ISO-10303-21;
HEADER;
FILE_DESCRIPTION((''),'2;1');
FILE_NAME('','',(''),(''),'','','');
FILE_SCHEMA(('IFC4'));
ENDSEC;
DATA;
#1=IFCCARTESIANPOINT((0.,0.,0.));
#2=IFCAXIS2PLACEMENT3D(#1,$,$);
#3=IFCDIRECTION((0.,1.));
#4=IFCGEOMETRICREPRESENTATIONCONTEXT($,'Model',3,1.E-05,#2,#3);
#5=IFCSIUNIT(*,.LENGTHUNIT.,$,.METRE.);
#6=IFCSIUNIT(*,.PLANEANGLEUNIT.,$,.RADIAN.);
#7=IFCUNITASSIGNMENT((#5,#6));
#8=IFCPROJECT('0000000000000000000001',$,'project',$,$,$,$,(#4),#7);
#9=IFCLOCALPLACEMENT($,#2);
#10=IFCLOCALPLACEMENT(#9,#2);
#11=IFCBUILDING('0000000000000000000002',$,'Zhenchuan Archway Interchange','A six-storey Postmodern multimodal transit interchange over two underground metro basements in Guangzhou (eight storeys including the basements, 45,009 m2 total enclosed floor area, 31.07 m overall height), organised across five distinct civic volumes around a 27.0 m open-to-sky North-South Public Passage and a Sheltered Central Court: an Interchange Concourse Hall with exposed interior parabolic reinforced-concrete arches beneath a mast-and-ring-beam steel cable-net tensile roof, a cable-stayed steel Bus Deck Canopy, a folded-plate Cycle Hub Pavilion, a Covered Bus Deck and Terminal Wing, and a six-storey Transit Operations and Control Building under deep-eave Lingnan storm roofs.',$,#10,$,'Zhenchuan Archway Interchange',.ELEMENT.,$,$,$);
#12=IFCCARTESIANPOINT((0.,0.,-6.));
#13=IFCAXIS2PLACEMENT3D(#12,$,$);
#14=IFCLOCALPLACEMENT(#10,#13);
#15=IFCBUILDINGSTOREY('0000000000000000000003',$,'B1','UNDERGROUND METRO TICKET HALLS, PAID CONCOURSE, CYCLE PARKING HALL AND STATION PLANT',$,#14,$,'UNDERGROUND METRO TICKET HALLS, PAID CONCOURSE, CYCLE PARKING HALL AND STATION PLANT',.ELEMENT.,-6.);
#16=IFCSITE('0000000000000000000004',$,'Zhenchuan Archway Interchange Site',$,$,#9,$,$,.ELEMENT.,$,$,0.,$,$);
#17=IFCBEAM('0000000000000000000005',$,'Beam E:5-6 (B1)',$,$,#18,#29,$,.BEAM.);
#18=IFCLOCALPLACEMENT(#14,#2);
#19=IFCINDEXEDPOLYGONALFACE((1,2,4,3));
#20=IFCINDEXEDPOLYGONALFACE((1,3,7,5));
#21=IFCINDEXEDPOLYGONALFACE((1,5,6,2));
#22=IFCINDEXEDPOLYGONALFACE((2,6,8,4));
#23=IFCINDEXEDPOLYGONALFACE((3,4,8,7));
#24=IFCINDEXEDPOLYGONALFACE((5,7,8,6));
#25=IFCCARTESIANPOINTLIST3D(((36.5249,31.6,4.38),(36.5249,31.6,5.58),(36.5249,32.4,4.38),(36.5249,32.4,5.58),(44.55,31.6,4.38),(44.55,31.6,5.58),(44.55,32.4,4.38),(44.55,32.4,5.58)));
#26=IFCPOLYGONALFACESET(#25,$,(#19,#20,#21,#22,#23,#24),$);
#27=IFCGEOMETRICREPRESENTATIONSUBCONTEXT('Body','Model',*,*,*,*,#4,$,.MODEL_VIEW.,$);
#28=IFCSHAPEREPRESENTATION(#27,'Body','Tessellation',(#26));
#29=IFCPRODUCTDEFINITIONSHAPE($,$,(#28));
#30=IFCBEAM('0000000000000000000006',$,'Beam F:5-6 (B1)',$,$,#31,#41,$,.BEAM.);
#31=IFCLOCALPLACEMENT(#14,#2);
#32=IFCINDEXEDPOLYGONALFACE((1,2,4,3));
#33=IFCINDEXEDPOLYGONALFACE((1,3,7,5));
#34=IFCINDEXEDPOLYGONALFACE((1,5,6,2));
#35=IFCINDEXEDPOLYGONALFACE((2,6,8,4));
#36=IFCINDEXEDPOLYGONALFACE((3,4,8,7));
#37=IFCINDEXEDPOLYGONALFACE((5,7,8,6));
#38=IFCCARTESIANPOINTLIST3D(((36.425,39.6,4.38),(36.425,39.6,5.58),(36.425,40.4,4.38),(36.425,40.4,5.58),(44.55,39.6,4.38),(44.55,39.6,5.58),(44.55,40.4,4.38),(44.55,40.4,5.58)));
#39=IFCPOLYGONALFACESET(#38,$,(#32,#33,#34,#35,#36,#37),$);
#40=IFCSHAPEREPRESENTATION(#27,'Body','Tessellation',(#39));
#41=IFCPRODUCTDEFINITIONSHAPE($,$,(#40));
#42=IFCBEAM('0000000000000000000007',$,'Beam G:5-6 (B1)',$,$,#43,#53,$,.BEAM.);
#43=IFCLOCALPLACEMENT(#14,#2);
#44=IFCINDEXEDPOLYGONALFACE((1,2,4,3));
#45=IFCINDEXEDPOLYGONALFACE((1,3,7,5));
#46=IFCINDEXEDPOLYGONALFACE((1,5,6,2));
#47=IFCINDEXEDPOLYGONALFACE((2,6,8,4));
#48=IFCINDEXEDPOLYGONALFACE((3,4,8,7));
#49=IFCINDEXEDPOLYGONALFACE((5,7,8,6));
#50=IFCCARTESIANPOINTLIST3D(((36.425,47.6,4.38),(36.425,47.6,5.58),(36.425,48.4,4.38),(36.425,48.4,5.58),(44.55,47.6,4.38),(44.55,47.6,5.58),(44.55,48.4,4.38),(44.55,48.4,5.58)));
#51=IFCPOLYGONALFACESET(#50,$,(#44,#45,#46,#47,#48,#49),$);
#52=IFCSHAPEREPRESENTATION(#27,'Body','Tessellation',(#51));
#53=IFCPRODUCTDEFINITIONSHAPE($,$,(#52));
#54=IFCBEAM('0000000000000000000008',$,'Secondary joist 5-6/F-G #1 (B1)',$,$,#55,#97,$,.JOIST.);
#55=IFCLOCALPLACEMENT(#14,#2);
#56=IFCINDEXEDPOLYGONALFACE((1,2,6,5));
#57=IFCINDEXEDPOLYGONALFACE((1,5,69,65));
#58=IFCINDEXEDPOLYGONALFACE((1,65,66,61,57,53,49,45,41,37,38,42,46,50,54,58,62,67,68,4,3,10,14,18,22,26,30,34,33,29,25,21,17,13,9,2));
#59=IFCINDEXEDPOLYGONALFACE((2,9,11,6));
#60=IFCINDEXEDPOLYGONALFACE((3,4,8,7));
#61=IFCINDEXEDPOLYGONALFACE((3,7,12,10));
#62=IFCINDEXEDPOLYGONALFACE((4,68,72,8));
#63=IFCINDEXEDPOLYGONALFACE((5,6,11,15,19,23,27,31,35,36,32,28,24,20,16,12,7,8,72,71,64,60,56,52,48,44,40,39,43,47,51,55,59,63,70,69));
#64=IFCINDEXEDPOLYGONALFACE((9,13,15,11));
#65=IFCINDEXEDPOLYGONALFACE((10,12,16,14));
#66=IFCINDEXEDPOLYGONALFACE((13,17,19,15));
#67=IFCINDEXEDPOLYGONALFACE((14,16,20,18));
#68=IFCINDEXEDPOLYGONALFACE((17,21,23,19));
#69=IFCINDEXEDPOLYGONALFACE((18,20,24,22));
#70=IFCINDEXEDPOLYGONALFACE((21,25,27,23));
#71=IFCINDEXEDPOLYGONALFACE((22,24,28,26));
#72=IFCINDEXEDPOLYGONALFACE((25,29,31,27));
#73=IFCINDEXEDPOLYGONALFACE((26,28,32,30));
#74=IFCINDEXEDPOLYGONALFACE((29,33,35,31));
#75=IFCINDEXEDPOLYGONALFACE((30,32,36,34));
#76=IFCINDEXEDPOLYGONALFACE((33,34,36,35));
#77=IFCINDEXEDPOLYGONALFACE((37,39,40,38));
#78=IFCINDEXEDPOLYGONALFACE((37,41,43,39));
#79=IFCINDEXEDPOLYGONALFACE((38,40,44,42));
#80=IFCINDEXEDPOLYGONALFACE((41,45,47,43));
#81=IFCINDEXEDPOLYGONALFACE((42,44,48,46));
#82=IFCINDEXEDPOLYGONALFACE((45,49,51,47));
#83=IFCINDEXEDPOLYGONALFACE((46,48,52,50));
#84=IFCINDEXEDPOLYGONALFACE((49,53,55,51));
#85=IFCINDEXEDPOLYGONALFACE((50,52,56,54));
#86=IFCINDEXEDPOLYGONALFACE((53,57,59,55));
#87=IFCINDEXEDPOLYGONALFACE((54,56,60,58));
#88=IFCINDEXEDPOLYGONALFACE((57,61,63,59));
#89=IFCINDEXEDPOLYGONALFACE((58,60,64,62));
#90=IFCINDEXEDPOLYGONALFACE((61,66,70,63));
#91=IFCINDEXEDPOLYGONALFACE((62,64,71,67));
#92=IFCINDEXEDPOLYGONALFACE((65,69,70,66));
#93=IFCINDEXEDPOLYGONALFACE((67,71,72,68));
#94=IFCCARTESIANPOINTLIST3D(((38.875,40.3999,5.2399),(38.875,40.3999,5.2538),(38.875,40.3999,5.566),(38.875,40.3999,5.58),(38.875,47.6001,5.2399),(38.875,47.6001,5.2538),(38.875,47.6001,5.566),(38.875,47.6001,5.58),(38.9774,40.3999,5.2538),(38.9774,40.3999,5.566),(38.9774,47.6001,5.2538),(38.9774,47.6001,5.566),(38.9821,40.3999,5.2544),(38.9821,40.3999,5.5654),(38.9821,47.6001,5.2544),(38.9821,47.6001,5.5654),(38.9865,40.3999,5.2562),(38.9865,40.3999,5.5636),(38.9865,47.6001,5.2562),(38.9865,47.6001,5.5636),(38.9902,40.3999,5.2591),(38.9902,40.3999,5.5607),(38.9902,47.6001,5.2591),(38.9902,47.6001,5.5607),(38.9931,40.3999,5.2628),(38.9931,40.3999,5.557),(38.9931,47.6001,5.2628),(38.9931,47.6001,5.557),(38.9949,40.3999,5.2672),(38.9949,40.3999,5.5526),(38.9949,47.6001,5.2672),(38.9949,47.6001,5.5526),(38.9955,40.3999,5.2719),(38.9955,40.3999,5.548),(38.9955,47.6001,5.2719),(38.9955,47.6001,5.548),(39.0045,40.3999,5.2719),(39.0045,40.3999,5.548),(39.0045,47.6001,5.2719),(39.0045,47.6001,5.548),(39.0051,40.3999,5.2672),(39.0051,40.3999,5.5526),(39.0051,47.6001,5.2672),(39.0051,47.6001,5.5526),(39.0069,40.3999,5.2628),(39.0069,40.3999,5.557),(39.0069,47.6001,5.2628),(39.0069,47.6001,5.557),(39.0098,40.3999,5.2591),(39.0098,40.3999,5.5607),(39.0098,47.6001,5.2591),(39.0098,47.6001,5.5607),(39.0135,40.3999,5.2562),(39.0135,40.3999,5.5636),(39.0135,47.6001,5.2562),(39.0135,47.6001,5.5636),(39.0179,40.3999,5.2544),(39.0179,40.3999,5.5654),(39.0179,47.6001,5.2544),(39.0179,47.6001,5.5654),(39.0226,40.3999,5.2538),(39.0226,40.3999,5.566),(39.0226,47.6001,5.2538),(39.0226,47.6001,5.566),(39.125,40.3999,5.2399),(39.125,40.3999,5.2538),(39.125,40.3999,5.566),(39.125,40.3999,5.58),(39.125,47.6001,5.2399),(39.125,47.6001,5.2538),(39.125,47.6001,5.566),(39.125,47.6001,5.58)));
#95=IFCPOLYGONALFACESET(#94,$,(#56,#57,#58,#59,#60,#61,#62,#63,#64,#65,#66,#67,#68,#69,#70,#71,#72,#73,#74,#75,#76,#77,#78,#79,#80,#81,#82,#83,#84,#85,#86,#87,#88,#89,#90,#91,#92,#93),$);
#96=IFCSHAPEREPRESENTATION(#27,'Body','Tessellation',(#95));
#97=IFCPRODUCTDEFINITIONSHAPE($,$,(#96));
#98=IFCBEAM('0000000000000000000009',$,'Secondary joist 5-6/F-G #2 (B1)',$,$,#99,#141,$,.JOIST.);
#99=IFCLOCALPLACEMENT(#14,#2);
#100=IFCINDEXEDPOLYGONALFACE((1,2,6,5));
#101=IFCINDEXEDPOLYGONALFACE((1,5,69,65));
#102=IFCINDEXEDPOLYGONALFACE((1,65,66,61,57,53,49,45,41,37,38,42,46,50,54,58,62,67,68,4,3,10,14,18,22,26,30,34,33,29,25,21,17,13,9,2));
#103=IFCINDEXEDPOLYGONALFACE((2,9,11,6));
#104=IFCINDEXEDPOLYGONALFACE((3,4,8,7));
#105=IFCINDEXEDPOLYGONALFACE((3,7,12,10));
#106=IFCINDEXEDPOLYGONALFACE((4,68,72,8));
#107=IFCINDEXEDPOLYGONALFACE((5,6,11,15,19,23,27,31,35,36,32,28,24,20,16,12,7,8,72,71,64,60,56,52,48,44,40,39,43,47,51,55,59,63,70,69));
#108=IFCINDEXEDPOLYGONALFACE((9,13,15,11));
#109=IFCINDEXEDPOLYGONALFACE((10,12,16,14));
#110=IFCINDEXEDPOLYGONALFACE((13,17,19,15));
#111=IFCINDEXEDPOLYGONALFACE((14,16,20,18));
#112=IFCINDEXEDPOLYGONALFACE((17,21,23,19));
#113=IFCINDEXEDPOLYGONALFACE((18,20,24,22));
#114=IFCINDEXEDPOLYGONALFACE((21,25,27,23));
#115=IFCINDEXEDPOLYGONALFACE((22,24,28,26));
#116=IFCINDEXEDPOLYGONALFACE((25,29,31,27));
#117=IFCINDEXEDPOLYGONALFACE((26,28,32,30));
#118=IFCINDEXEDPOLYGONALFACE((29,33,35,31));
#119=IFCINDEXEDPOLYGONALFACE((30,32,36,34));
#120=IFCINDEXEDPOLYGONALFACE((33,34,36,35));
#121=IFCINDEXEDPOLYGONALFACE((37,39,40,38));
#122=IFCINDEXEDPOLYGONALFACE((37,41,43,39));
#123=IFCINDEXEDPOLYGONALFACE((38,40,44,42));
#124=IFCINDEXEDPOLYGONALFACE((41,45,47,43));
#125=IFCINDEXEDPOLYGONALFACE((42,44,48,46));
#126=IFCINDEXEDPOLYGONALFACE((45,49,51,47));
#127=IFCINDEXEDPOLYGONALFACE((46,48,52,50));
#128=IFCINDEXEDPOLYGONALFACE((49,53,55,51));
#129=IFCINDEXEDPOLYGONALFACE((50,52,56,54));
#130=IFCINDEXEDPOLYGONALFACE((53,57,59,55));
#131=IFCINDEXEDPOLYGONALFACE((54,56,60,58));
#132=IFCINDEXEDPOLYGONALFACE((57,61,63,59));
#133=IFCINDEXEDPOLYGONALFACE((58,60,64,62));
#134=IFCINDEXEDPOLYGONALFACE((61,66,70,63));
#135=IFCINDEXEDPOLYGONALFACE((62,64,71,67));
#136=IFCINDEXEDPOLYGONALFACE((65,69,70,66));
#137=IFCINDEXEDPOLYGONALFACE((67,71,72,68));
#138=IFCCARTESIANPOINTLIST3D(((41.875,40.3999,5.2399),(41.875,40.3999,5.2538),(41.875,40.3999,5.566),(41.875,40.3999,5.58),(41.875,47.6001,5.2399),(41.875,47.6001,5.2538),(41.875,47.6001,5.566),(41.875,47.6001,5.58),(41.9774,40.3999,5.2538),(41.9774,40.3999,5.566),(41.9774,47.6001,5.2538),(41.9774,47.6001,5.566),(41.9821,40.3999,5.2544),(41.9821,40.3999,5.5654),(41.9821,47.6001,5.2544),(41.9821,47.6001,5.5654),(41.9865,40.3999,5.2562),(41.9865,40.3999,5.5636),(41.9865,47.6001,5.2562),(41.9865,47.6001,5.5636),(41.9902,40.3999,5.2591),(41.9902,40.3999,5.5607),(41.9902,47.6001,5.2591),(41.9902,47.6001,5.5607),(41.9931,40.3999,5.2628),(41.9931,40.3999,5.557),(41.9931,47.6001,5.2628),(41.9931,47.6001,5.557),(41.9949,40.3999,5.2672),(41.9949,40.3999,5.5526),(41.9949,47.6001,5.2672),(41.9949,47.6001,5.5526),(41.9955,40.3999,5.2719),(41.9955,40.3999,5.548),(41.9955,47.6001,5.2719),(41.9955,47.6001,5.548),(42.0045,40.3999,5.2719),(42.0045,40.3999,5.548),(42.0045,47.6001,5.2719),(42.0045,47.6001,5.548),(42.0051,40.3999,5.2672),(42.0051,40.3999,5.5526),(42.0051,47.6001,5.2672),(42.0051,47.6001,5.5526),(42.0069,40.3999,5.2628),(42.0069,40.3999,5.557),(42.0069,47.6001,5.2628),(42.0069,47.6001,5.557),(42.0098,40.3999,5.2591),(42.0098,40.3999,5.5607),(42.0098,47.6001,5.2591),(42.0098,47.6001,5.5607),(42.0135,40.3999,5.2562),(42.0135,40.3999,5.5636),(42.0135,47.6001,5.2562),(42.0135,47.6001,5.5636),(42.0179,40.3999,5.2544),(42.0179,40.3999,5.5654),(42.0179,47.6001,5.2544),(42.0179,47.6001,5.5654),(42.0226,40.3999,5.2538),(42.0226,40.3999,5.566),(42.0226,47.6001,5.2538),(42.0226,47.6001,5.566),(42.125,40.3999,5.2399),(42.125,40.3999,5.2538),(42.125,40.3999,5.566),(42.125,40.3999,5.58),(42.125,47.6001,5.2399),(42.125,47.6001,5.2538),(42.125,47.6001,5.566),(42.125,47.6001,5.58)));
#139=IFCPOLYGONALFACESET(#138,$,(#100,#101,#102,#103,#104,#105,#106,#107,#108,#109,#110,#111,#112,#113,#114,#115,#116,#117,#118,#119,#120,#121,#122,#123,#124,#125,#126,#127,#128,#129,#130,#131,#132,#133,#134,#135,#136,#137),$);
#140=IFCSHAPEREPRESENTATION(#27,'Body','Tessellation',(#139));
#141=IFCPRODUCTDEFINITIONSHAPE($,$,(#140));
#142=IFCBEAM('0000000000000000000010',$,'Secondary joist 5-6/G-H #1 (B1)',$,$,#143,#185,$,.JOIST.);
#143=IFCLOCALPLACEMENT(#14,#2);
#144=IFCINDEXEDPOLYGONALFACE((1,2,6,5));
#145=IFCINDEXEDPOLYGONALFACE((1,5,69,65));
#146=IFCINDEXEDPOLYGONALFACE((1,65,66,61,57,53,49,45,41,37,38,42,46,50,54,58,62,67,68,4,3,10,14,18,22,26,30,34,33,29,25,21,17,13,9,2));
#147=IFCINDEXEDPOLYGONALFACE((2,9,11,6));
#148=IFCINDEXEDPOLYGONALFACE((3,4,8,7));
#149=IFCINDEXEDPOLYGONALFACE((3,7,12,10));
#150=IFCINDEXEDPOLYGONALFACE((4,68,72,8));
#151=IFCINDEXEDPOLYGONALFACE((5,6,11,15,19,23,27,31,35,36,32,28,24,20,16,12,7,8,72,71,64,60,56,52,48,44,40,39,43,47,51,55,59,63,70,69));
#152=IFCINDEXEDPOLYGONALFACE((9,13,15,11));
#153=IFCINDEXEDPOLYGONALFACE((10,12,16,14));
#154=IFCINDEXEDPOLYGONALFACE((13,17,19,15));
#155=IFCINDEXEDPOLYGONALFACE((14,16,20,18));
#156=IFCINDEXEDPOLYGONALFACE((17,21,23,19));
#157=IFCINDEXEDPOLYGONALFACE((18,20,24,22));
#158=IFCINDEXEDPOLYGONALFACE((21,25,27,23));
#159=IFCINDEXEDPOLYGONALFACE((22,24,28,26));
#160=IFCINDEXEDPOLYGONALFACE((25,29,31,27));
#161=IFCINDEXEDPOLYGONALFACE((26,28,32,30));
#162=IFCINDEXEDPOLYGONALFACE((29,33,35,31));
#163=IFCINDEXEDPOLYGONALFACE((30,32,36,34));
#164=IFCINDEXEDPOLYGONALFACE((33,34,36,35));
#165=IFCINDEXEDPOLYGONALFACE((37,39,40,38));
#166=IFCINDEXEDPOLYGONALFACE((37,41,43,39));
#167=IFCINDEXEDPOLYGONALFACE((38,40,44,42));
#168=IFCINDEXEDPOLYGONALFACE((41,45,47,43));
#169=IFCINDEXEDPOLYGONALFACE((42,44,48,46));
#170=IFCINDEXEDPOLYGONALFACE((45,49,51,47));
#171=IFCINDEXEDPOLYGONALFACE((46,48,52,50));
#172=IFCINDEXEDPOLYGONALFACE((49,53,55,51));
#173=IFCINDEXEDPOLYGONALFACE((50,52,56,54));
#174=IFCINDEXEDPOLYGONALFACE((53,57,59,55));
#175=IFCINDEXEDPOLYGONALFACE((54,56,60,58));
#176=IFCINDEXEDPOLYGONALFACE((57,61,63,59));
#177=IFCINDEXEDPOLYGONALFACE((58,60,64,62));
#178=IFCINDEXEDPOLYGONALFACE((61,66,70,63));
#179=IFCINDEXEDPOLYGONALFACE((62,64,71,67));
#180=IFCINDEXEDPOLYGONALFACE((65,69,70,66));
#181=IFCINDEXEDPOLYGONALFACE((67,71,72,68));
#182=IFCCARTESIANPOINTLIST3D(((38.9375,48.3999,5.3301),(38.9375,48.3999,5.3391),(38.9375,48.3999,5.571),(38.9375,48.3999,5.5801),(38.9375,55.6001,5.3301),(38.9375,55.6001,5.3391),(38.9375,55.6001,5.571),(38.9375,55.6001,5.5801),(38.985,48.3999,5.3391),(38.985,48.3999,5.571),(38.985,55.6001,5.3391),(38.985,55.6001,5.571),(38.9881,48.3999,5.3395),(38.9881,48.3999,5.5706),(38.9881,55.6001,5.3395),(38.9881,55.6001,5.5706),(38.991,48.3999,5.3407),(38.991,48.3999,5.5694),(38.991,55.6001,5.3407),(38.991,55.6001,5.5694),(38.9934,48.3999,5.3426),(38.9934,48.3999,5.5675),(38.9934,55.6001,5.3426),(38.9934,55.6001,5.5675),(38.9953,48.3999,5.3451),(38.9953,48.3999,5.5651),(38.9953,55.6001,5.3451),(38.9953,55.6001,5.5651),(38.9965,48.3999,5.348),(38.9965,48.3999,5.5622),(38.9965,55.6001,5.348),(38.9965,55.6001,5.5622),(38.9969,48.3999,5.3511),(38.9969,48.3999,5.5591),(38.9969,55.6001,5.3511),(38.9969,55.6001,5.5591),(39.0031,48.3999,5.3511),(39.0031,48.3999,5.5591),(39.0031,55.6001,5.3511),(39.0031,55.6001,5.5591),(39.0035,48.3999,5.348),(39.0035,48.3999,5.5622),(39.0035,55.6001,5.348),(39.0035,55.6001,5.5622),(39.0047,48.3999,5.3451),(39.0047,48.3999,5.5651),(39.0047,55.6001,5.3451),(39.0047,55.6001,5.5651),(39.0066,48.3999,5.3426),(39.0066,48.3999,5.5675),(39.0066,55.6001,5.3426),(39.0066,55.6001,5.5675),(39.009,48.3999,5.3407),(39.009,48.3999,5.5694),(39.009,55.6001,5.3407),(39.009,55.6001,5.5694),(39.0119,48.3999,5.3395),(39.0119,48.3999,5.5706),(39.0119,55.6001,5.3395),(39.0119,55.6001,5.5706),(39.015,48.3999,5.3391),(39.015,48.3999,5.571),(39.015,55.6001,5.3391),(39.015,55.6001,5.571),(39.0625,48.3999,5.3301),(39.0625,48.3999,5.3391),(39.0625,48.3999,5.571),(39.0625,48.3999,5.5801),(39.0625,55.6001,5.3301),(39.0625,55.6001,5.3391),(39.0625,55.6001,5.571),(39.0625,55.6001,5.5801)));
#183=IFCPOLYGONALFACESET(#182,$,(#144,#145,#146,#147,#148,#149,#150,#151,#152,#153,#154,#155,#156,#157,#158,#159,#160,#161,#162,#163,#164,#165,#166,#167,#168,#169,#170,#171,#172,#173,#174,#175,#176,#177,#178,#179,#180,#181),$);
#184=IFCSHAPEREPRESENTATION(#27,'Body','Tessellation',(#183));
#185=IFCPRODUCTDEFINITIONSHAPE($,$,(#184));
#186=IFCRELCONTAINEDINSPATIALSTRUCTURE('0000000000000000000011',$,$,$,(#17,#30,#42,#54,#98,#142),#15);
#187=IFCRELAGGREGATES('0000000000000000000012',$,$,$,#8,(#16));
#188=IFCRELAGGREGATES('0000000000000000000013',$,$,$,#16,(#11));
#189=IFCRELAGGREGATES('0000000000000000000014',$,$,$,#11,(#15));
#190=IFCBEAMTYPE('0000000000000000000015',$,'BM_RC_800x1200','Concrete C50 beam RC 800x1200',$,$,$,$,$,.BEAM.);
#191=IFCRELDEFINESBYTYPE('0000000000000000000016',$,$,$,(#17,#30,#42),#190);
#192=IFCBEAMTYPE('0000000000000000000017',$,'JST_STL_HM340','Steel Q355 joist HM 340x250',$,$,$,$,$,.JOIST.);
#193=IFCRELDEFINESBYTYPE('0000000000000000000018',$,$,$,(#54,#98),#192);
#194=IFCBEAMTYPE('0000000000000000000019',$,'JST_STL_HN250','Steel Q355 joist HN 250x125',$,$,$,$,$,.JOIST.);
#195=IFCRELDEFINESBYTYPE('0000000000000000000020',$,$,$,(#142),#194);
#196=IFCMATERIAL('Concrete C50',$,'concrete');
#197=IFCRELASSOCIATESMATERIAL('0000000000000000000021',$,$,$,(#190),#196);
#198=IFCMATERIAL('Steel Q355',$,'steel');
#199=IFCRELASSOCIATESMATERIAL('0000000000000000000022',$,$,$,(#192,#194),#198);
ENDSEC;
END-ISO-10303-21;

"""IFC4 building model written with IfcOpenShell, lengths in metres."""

from ifc_helpers import new_model, si_unit, direction, frame, origin, origin_2d, place, context, subcontext, project, spatial, rectangle, i_section, extrude, material, material_profile, profile_set, type_object, element, save


model = new_model("IFC4")

# Units and contexts
model_context = context("Model", 3, precision=1e-05, world=origin(), true_north=direction((0.0, 1.0)))
body_context = subcontext(model_context, "Body", "Model", "MODEL_VIEW")
ifc_project = project(units=[si_unit("LENGTHUNIT", "METRE"), si_unit("PLANEANGLEUNIT", "RADIAN")], contexts=[model_context])

# Site, building, storey
site_placement = place(None, origin())
site = spatial("IfcSite", under=ifc_project, at=site_placement, Name="Zhenchuan Archway Interchange Site", CompositionType="ELEMENT", RefElevation=0.0)
building_placement = place(site_placement, origin())
building = spatial("IfcBuilding", under=site, at=building_placement, Name="Zhenchuan Archway Interchange", Description="A six-storey Postmodern multimodal transit interchange over two underground metro basements in Guangzhou (eight storeys including the basements, 45,009 m2 total enclosed floor area, 31.07 m overall height), organised across five distinct civic volumes around a 27.0 m open-to-sky North-South Public Passage and a Sheltered Central Court: an Interchange Concourse Hall with exposed interior parabolic reinforced-concrete arches beneath a mast-and-ring-beam steel cable-net tensile roof, a cable-stayed steel Bus Deck Canopy, a folded-plate Cycle Hub Pavilion, a Covered Bus Deck and Terminal Wing, and a six-storey Transit Operations and Control Building under deep-eave Lingnan storm roofs.", LongName="Zhenchuan Archway Interchange", CompositionType="ELEMENT")
storey_placement = place(building_placement, frame((0.0, 0.0, -6.0)))
storey = spatial("IfcBuildingStorey", under=building, at=storey_placement, Name="B1", Description="UNDERGROUND METRO TICKET HALLS, PAID CONCOURSE, CYCLE PARKING HALL AND STATION PLANT", LongName="UNDERGROUND METRO TICKET HALLS, PAID CONCOURSE, CYCLE PARKING HALL AND STATION PLANT", CompositionType="ELEMENT", Elevation=-6.0)

# Shared definitions
ifc_material_1 = material(Name="Concrete C50", Category="concrete")

# Beams
ifc_material_profile_1 = material_profile(ifc_material_1, rectangle(XDim=0.8, YDim=1.2, at=origin_2d()), Name="RC 800x1200")
ifc_profile_set_1 = profile_set([ifc_material_profile_1], Name="Concrete C50")
beam_type_1 = type_object("IfcBeamType", Name="BM_RC_800x1200", Description="Concrete C50 beam RC 800x1200", PredefinedType="BEAM", material=ifc_profile_set_1)
beam_1_placement = place(storey_placement, frame((36.5249, 32.0, 4.98), z_axis=(1.0, 0.0, 0.0), x_axis=(0.0, 1.0, 0.0)))
element("IfcBeam", 1, at=beam_1_placement, inside=storey, type_object=beam_type_1, Name="Beam E:5-6 (B1)", PredefinedType="BEAM", context=body_context, shape_type="SweptSolid", body=[
    extrude(rectangle(XDim=0.8, YDim=1.2, at=origin_2d()), origin(), (0.0, 0.0, 1.0), 8.0251),
])
for number, where, z_axis, x_axis, name in (
    (2, (36.425, 40.0, 4.98), (1.0, 0.0, 0.0), (0.0, 1.0, 0.0), "Beam F:5-6 (B1)"),
    (3, (36.425, 48.0, 4.98), (1.0, 0.0, 0.0), (0.0, 1.0, 0.0), "Beam G:5-6 (B1)"),
):
    element("IfcBeam", number, at=place(storey_placement, frame(where, z_axis=z_axis, x_axis=x_axis)), inside=storey, type_object=beam_type_1, Name=name, PredefinedType="BEAM", context=body_context, shape_type="SweptSolid", body=[
        extrude(rectangle(XDim=0.8, YDim=1.2, at=origin_2d()), origin(), (0.0, 0.0, 1.0), 8.125),
    ])
ifc_material_2 = material(Name="Steel Q355", Category="steel")
ifc_material_profile_2 = material_profile(ifc_material_2, i_section(OverallWidth=0.25, OverallDepth=0.3401, WebThickness=0.009, FlangeThickness=0.0139, FilletRadius=0.0181, at=origin_2d()), Name="HM 340x250")
ifc_profile_set_2 = profile_set([ifc_material_profile_2], Name="Steel Q355")
beam_type_2 = type_object("IfcBeamType", Name="JST_STL_HM340", Description="Steel Q355 joist HM 340x250", PredefinedType="JOIST", material=ifc_profile_set_2)
for number, where, z_axis, x_axis, name in (
    (4, (39.0, 40.3999, 5.4099), (0.0, 1.0, 0.0), (-1.0, 0.0, 0.0), "Secondary joist 5-6/F-G #1 (B1)"),
    (5, (42.0, 40.3999, 5.4099), (0.0, 1.0, 0.0), (-1.0, 0.0, 0.0), "Secondary joist 5-6/F-G #2 (B1)"),
):
    element("IfcBeam", number, at=place(storey_placement, frame(where, z_axis=z_axis, x_axis=x_axis)), inside=storey, type_object=beam_type_2, Name=name, PredefinedType="JOIST", context=body_context, shape_type="SweptSolid", body=[
        extrude(i_section(OverallWidth=0.25, OverallDepth=0.3401, WebThickness=0.009, FlangeThickness=0.0139, FilletRadius=0.0181, at=origin_2d()), origin(), (0.0, 0.0, 1.0), 7.2002),
    ])
ifc_material_profile_3 = material_profile(ifc_material_2, i_section(OverallWidth=0.125, OverallDepth=0.25, WebThickness=0.0061, FlangeThickness=0.009, FilletRadius=0.012, at=origin_2d()), Name="HN 250x125")
ifc_profile_set_3 = profile_set([ifc_material_profile_3], Name="Steel Q355")
beam_type_3 = type_object("IfcBeamType", Name="JST_STL_HN250", Description="Steel Q355 joist HN 250x125", PredefinedType="JOIST", material=ifc_profile_set_3)
for number, where, z_axis, x_axis, name in (
    (6, (39.0, 48.3999, 5.4551), (0.0, 1.0, 0.0), (-1.0, 0.0, 0.0), "Secondary joist 5-6/G-H #1 (B1)"),
):
    element("IfcBeam", number, at=place(storey_placement, frame(where, z_axis=z_axis, x_axis=x_axis)), inside=storey, type_object=beam_type_3, Name=name, PredefinedType="JOIST", context=body_context, shape_type="SweptSolid", body=[
        extrude(i_section(OverallWidth=0.125, OverallDepth=0.25, WebThickness=0.0061, FlangeThickness=0.009, FilletRadius=0.012, at=origin_2d()), origin(), (0.0, 0.0, 1.0), 7.2002),
    ])

save(model, "model.ifc")
